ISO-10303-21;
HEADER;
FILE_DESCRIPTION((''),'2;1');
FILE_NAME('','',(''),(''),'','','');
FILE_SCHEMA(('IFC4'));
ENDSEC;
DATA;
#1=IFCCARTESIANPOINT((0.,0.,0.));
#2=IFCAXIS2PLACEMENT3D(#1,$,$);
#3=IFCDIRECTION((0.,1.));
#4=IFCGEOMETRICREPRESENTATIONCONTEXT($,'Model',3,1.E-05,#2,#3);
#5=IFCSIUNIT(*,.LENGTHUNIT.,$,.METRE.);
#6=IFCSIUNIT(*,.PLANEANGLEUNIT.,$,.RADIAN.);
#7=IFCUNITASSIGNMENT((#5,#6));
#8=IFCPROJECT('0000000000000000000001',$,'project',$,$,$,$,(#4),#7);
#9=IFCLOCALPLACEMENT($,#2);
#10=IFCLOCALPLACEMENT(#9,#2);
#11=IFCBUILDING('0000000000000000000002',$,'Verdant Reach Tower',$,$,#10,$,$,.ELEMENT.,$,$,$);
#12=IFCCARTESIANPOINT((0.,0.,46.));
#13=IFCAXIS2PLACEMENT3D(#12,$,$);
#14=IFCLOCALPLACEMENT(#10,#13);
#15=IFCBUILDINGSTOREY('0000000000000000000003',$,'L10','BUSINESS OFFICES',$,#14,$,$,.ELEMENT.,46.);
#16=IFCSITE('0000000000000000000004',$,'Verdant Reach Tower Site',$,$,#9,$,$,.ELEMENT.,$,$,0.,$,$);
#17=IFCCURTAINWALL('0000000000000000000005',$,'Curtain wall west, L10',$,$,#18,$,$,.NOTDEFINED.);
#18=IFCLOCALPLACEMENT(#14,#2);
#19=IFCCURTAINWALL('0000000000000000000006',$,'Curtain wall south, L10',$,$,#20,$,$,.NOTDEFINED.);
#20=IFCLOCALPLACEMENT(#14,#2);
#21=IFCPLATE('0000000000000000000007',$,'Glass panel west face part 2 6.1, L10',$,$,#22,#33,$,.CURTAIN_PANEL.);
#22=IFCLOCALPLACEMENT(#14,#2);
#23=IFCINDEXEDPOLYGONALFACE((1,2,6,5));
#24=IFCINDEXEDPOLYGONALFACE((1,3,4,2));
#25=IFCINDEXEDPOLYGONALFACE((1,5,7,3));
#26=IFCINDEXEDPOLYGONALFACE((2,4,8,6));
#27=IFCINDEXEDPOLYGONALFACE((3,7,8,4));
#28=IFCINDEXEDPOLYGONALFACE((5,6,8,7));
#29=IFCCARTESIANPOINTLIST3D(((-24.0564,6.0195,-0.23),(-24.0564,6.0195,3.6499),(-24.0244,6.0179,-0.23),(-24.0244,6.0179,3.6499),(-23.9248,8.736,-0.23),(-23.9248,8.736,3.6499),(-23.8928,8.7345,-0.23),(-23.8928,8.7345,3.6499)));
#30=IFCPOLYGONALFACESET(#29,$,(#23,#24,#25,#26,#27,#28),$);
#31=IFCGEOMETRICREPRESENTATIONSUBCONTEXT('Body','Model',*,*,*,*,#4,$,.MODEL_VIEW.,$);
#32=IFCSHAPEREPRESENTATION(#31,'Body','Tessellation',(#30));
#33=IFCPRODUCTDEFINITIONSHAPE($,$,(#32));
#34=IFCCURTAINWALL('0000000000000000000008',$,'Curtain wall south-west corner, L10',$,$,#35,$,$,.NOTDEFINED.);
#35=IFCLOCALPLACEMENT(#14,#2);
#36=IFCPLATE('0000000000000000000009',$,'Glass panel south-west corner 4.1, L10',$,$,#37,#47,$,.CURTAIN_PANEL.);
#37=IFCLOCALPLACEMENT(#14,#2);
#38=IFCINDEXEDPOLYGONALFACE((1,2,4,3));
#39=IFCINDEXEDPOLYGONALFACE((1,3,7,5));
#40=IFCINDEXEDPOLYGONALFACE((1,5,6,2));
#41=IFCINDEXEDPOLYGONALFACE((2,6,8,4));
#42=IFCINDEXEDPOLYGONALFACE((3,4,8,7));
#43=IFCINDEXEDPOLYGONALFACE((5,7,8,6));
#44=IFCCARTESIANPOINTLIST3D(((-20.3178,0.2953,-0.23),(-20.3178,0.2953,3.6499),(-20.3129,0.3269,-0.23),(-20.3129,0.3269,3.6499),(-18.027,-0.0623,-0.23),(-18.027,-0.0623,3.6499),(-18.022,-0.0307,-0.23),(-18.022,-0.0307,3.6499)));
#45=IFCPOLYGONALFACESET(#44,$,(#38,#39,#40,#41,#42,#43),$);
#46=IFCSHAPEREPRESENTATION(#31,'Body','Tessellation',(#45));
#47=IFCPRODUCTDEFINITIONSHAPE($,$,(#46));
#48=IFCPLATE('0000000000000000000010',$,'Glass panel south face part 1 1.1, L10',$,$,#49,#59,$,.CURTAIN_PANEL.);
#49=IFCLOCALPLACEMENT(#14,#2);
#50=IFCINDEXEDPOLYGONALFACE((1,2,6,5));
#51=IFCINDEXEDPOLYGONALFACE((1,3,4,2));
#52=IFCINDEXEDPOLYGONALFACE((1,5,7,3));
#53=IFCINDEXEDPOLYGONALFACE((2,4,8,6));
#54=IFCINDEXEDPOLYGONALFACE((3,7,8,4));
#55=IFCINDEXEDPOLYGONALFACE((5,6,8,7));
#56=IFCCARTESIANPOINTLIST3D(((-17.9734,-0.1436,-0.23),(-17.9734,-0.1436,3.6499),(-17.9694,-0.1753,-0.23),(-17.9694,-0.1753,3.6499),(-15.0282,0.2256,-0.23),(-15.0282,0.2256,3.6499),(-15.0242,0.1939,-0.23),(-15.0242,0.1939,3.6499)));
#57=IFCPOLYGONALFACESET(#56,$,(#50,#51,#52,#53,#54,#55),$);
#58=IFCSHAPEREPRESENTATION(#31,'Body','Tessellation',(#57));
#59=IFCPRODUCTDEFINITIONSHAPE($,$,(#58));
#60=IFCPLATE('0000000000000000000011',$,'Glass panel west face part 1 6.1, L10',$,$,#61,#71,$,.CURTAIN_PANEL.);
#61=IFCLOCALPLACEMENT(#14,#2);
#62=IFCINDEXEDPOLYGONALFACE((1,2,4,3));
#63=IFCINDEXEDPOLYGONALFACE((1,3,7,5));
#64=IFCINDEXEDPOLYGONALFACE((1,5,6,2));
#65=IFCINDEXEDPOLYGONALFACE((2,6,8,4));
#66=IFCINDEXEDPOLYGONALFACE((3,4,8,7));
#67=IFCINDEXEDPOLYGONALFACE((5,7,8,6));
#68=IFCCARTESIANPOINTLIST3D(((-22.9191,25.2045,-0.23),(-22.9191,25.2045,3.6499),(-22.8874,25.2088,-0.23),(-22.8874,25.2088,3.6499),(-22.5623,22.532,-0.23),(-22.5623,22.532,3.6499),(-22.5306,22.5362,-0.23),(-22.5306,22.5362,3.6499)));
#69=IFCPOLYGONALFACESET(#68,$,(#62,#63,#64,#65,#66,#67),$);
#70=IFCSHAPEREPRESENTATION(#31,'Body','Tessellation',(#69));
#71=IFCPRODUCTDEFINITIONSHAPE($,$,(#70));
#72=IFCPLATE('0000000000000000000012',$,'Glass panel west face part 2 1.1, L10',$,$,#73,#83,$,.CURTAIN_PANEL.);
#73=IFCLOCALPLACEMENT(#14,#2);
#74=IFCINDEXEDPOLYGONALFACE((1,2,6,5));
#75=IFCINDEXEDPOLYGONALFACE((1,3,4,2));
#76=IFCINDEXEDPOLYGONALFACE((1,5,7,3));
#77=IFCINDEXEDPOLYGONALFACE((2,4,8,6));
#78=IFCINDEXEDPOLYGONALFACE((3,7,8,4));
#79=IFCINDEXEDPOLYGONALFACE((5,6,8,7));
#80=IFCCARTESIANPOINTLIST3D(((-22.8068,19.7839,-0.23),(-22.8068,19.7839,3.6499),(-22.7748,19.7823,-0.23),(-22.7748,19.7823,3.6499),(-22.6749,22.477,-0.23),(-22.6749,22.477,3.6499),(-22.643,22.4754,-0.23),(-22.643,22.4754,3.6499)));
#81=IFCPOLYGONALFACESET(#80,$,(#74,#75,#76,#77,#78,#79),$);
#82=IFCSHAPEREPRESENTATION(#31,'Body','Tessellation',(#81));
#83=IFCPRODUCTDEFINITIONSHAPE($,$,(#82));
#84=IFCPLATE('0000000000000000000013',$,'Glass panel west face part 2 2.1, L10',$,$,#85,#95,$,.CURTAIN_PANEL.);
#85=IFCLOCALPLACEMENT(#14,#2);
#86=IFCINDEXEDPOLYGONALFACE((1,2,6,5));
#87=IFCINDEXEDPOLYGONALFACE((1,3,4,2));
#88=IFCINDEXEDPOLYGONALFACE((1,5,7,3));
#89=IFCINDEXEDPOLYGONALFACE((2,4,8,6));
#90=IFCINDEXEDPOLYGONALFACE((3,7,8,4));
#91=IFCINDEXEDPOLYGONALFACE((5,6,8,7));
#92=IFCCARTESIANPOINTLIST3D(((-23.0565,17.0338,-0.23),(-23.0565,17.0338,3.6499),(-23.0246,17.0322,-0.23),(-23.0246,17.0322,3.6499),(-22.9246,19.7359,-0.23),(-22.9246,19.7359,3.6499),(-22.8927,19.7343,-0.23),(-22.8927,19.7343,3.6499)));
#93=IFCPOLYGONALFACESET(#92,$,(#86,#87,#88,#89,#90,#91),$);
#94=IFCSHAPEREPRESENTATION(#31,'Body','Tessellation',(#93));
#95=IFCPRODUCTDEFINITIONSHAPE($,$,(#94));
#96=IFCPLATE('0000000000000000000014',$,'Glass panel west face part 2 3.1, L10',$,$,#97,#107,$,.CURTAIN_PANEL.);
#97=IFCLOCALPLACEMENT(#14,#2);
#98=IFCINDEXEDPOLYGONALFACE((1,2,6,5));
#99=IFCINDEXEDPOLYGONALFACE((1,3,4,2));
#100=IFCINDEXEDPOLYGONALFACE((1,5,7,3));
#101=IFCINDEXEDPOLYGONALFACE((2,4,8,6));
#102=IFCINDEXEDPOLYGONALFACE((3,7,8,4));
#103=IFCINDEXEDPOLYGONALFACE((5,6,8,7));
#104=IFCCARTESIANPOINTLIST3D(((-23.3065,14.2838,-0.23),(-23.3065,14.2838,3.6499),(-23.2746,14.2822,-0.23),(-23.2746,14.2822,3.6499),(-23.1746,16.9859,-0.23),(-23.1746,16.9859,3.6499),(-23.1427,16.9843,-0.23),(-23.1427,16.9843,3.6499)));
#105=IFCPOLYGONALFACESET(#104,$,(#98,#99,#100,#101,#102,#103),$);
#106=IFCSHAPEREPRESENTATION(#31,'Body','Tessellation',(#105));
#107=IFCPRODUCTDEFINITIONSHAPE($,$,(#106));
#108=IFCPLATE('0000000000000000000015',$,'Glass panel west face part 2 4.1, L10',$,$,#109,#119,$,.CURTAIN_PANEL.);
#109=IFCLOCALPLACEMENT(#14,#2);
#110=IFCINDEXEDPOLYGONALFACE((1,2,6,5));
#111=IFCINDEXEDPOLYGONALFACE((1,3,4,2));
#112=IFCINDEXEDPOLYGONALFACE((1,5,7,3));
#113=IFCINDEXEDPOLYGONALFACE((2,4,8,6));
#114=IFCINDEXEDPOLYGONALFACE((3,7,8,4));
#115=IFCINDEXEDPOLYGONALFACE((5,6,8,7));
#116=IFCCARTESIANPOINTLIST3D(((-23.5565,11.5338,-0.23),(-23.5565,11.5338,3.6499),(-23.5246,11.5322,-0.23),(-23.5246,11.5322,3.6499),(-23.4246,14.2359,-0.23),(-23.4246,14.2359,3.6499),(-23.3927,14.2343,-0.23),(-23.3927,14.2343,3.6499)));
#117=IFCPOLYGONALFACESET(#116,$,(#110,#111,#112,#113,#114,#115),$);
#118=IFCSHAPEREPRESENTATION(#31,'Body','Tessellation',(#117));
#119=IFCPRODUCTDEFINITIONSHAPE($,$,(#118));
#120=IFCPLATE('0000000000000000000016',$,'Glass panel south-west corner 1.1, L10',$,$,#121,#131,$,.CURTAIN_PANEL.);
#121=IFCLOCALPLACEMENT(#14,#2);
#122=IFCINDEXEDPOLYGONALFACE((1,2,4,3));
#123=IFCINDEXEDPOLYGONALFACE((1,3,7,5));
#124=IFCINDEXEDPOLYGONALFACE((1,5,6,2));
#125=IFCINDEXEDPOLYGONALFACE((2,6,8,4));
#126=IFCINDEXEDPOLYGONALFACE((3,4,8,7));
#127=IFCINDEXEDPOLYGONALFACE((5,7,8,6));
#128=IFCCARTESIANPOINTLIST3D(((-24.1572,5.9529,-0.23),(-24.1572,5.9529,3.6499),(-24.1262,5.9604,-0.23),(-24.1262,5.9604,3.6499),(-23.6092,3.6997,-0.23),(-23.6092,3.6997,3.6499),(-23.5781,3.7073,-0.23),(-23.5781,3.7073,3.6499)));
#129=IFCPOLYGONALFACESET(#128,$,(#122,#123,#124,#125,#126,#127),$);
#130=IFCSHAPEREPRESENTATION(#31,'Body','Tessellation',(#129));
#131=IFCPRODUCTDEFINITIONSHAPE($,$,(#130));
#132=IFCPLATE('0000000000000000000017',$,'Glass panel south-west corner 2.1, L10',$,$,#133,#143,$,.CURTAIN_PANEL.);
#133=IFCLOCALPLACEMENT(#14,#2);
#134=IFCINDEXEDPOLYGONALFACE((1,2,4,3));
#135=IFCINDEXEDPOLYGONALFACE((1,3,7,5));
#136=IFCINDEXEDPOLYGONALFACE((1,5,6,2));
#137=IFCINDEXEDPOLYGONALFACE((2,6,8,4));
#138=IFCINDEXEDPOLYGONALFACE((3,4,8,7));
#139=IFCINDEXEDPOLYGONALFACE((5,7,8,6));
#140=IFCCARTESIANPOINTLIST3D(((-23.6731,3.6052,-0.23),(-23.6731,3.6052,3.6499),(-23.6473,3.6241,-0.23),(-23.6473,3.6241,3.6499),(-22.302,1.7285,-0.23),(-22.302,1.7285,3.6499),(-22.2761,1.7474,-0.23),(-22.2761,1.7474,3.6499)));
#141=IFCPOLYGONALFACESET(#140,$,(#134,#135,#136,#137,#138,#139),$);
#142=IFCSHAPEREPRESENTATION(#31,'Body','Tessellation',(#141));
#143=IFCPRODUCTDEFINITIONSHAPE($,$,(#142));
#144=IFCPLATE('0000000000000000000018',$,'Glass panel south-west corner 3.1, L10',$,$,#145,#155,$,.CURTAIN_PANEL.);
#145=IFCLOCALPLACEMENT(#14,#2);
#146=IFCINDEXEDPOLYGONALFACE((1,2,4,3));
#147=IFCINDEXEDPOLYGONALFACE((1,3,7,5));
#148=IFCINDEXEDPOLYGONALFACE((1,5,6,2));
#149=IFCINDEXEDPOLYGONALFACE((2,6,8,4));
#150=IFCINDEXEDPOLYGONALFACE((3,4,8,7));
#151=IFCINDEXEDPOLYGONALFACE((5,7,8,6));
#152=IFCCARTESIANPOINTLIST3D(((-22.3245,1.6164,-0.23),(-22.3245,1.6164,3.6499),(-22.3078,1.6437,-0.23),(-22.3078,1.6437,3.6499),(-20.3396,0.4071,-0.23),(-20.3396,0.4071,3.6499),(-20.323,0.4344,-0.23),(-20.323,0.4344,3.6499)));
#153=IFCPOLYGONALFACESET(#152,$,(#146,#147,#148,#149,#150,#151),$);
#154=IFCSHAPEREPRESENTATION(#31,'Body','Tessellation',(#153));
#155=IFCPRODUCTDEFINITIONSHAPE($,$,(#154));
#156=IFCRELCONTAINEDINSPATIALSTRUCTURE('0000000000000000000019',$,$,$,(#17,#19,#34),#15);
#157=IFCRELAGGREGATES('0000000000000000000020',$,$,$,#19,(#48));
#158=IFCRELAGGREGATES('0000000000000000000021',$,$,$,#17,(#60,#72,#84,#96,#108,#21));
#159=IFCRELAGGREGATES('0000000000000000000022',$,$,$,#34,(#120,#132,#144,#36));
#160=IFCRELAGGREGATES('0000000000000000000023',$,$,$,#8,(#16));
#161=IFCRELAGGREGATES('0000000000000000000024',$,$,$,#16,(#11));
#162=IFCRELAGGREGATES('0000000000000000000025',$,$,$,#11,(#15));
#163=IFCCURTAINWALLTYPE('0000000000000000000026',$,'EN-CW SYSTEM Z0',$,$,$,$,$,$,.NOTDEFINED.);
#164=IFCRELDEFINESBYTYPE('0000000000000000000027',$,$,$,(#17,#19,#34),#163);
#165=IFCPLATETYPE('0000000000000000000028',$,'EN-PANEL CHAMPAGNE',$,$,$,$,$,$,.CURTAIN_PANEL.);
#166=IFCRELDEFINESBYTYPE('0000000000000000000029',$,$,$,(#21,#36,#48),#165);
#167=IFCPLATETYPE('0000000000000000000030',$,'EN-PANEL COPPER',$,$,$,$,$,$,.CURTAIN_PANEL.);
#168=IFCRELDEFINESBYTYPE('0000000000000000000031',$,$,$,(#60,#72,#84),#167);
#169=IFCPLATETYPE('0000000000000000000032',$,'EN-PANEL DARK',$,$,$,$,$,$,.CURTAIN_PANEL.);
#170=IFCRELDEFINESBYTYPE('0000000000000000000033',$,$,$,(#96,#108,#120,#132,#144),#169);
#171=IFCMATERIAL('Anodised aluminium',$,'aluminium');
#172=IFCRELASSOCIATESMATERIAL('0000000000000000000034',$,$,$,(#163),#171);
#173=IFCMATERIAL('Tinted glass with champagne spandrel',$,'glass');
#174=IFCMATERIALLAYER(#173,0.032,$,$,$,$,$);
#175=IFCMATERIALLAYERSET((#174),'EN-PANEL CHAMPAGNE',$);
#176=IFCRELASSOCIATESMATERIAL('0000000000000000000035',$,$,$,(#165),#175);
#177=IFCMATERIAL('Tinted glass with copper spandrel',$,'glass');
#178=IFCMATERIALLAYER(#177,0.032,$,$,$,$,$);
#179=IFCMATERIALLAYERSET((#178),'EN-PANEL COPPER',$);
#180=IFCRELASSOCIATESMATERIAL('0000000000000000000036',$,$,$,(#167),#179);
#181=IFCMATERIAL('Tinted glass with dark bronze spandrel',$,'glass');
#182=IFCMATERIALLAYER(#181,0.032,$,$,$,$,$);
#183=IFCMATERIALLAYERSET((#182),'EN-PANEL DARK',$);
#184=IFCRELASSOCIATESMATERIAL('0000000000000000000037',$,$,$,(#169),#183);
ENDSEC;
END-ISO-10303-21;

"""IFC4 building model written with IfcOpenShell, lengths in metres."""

from ifc_helpers import new_model, si_unit, direction, frame, origin, origin_2d, place, context, subcontext, project, spatial, rectangle, extrude, material, layer, layer_set, type_object, element, aggregate, save


model = new_model("IFC4")

# Units and contexts
model_context = context("Model", 3, precision=1e-05, world=origin(), true_north=direction((0.0, 1.0)))
body_context = subcontext(model_context, "Body", "Model", "MODEL_VIEW")
ifc_project = project(units=[si_unit("LENGTHUNIT", "METRE"), si_unit("PLANEANGLEUNIT", "RADIAN")], contexts=[model_context])

# Site, building, storey
site_placement = place(None, origin())
site = spatial("IfcSite", under=ifc_project, at=site_placement, Name="Verdant Reach Tower Site", CompositionType="ELEMENT", RefElevation=0.0)
building_placement = place(site_placement, origin())
building = spatial("IfcBuilding", under=site, at=building_placement, Name="Verdant Reach Tower", CompositionType="ELEMENT")
storey_placement = place(building_placement, frame((0.0, 0.0, 46.0)))
storey = spatial("IfcBuildingStorey", under=building, at=storey_placement, Name="L10", Description="BUSINESS OFFICES", CompositionType="ELEMENT", Elevation=46.0)

# Curtain wall
ifc_material_1 = material(Name="Anodised aluminium", Category="aluminium")
curtain_wall_type = type_object("IfcCurtainWallType", Name="EN-CW SYSTEM Z0", PredefinedType="NOTDEFINED", material=ifc_material_1)
curtain_wall_1_placement = place(storey_placement, origin())
curtain_wall_1 = element("IfcCurtainWall", 1, at=curtain_wall_1_placement, inside=storey, type_object=curtain_wall_type, Name="Curtain wall west, L10", PredefinedType="NOTDEFINED")

# Curtain wall
curtain_wall_2_placement = place(storey_placement, origin())
curtain_wall_2 = element("IfcCurtainWall", 2, at=curtain_wall_2_placement, inside=storey, type_object=curtain_wall_type, Name="Curtain wall south, L10", PredefinedType="NOTDEFINED")

# Plate
ifc_material_2 = material(Name="Tinted glass with champagne spandrel", Category="glass")
ifc_layer_1 = layer(ifc_material_2, 0.032)
ifc_layer_set_1 = layer_set([ifc_layer_1], Name="EN-PANEL CHAMPAGNE")
plate_type_1 = type_object("IfcPlateType", Name="EN-PANEL CHAMPAGNE", PredefinedType="CURTAIN_PANEL", material=ifc_layer_set_1)
plate_1_placement = place(storey_placement, frame((-23.9746, 7.377, -0.23), z_axis=(0.0, 0.0, 1.0), x_axis=(-0.048383, -0.998829, 0.0)))
plate_1 = element("IfcPlate", 3, at=plate_1_placement, type_object=plate_type_1, Name="Glass panel west face part 2 6.1, L10", PredefinedType="CURTAIN_PANEL", context=body_context, shape_type="SweptSolid", body=[
    extrude(rectangle(XDim=2.7197, YDim=0.032, at=origin_2d()), origin(), (0.0, 0.0, 1.0), 3.8799),
])

# Curtain wall, plate
curtain_wall_3_placement = place(storey_placement, origin())
curtain_wall_3 = element("IfcCurtainWall", 4, at=curtain_wall_3_placement, inside=storey, type_object=curtain_wall_type, Name="Curtain wall south-west corner, L10", PredefinedType="NOTDEFINED")
plate_2_placement = place(storey_placement, frame((-19.1699, 0.1323, -0.23), z_axis=(0.0, 0.0, 1.0), x_axis=(0.988035, -0.154233, 0.0)))
plate_2 = element("IfcPlate", 5, at=plate_2_placement, type_object=plate_type_1, Name="Glass panel south-west corner 4.1, L10", PredefinedType="CURTAIN_PANEL", context=body_context, shape_type="SweptSolid", body=[
    extrude(rectangle(XDim=2.3186, YDim=0.032, at=origin_2d()), origin(), (0.0, 0.0, 1.0), 3.8799),
])

# Plates
plate_3_placement = place(storey_placement, frame((-16.4988, 0.0251, -0.23), z_axis=(0.0, 0.0, 1.0), x_axis=(0.992234, 0.124384, 0.0)))
plate_3 = element("IfcPlate", 6, at=plate_3_placement, type_object=plate_type_1, Name="Glass panel south face part 1 1.1, L10", PredefinedType="CURTAIN_PANEL", context=body_context, shape_type="SweptSolid", body=[
    extrude(rectangle(XDim=2.9683, YDim=0.032, at=origin_2d()), origin(), (0.0, 0.0, 1.0), 3.8799),
])
aggregate(curtain_wall_2, [plate_3])
ifc_material_3 = material(Name="Tinted glass with copper spandrel", Category="glass")
ifc_layer_2 = layer(ifc_material_3, 0.032)
ifc_layer_set_2 = layer_set([ifc_layer_2], Name="EN-PANEL COPPER")
plate_type_2 = type_object("IfcPlateType", Name="EN-PANEL COPPER", PredefinedType="CURTAIN_PANEL", material=ifc_layer_set_2)
plate_4_placement = place(storey_placement, frame((-22.7249, 23.8704, -0.23), z_axis=(0.0, 0.0, 1.0), x_axis=(0.132308, -0.991209, 0.0)))
plate_4 = element("IfcPlate", 7, at=plate_4_placement, type_object=plate_type_2, Name="Glass panel west face part 1 6.1, L10", PredefinedType="CURTAIN_PANEL", context=body_context, shape_type="SweptSolid", body=[
    extrude(rectangle(XDim=2.6963, YDim=0.032, at=origin_2d()), origin(), (0.0, 0.0, 1.0), 3.8799),
])
plate_5_placement = place(storey_placement, frame((-22.7249, 21.1296, -0.23), z_axis=(0.0, 0.0, 1.0), x_axis=(-0.048902, -0.998804, 0.0)))
plate_5 = element("IfcPlate", 8, at=plate_5_placement, type_object=plate_type_2, Name="Glass panel west face part 2 1.1, L10", PredefinedType="CURTAIN_PANEL", context=body_context, shape_type="SweptSolid", body=[
    extrude(rectangle(XDim=2.6963, YDim=0.032, at=origin_2d()), origin(), (0.0, 0.0, 1.0), 3.8799),
])
plate_6_placement = place(storey_placement, frame((-22.9746, 18.384, -0.23), z_axis=(0.0, 0.0, 1.0), x_axis=(-0.048753, -0.998811, 0.0)))
plate_6 = element("IfcPlate", 9, at=plate_6_placement, type_object=plate_type_2, Name="Glass panel west face part 2 2.1, L10", PredefinedType="CURTAIN_PANEL", context=body_context, shape_type="SweptSolid", body=[
    extrude(rectangle(XDim=2.7053, YDim=0.032, at=origin_2d()), origin(), (0.0, 0.0, 1.0), 3.8799),
])
ifc_material_4 = material(Name="Tinted glass with dark bronze spandrel", Category="glass")
ifc_layer_3 = layer(ifc_material_4, 0.032)
ifc_layer_set_3 = layer_set([ifc_layer_3], Name="EN-PANEL DARK")
plate_type_3 = type_object("IfcPlateType", Name="EN-PANEL DARK", PredefinedType="CURTAIN_PANEL", material=ifc_layer_set_3)
plate_7_placement = place(storey_placement, frame((-23.2246, 15.634, -0.23), z_axis=(0.0, 0.0, 1.0), x_axis=(-0.048753, -0.998811, 0.0)))
plate_7 = element("IfcPlate", 10, at=plate_7_placement, type_object=plate_type_3, Name="Glass panel west face part 2 3.1, L10", PredefinedType="CURTAIN_PANEL", context=body_context, shape_type="SweptSolid", body=[
    extrude(rectangle(XDim=2.7053, YDim=0.032, at=origin_2d()), origin(), (0.0, 0.0, 1.0), 3.8799),
])
plate_8_placement = place(storey_placement, frame((-23.4746, 12.884, -0.23), z_axis=(0.0, 0.0, 1.0), x_axis=(-0.048753, -0.998811, 0.0)))
plate_8 = element("IfcPlate", 11, at=plate_8_placement, type_object=plate_type_3, Name="Glass panel west face part 2 4.1, L10", PredefinedType="CURTAIN_PANEL", context=body_context, shape_type="SweptSolid", body=[
    extrude(rectangle(XDim=2.7053, YDim=0.032, at=origin_2d()), origin(), (0.0, 0.0, 1.0), 3.8799),
])
aggregate(curtain_wall_1, [plate_4, plate_5, plate_6, plate_7, plate_8, plate_1])
plate_9_placement = place(storey_placement, frame((-23.8677, 4.8301, -0.23), z_axis=(0.0, 0.0, 1.0), x_axis=(0.236347, -0.971669, 0.0)))
plate_9 = element("IfcPlate", 12, at=plate_9_placement, type_object=plate_type_3, Name="Glass panel south-west corner 1.1, L10", PredefinedType="CURTAIN_PANEL", context=body_context, shape_type="SweptSolid", body=[
    extrude(rectangle(XDim=2.3188, YDim=0.032, at=origin_2d()), origin(), (0.0, 0.0, 1.0), 3.8799),
])
plate_10_placement = place(storey_placement, frame((-22.9746, 2.6763, -0.23), z_axis=(0.0, 0.0, 1.0), x_axis=(0.589927, -0.807457, 0.0)))
plate_10 = element("IfcPlate", 13, at=plate_10_placement, type_object=plate_type_3, Name="Glass panel south-west corner 2.1, L10", PredefinedType="CURTAIN_PANEL", context=body_context, shape_type="SweptSolid", body=[
    extrude(rectangle(XDim=2.3242, YDim=0.032, at=origin_2d()), origin(), (0.0, 0.0, 1.0), 3.8799),
])
plate_11_placement = place(storey_placement, frame((-21.3237, 1.0254, -0.23), z_axis=(0.0, 0.0, 1.0), x_axis=(0.853989, -0.520292, 0.0)))
plate_11 = element("IfcPlate", 14, at=plate_11_placement, type_object=plate_type_3, Name="Glass panel south-west corner 3.1, L10", PredefinedType="CURTAIN_PANEL", context=body_context, shape_type="SweptSolid", body=[
    extrude(rectangle(XDim=2.3242, YDim=0.032, at=origin_2d()), origin(), (0.0, 0.0, 1.0), 3.8799),
])
aggregate(curtain_wall_3, [plate_9, plate_10, plate_11, plate_2])

save(model, "model.ifc")
